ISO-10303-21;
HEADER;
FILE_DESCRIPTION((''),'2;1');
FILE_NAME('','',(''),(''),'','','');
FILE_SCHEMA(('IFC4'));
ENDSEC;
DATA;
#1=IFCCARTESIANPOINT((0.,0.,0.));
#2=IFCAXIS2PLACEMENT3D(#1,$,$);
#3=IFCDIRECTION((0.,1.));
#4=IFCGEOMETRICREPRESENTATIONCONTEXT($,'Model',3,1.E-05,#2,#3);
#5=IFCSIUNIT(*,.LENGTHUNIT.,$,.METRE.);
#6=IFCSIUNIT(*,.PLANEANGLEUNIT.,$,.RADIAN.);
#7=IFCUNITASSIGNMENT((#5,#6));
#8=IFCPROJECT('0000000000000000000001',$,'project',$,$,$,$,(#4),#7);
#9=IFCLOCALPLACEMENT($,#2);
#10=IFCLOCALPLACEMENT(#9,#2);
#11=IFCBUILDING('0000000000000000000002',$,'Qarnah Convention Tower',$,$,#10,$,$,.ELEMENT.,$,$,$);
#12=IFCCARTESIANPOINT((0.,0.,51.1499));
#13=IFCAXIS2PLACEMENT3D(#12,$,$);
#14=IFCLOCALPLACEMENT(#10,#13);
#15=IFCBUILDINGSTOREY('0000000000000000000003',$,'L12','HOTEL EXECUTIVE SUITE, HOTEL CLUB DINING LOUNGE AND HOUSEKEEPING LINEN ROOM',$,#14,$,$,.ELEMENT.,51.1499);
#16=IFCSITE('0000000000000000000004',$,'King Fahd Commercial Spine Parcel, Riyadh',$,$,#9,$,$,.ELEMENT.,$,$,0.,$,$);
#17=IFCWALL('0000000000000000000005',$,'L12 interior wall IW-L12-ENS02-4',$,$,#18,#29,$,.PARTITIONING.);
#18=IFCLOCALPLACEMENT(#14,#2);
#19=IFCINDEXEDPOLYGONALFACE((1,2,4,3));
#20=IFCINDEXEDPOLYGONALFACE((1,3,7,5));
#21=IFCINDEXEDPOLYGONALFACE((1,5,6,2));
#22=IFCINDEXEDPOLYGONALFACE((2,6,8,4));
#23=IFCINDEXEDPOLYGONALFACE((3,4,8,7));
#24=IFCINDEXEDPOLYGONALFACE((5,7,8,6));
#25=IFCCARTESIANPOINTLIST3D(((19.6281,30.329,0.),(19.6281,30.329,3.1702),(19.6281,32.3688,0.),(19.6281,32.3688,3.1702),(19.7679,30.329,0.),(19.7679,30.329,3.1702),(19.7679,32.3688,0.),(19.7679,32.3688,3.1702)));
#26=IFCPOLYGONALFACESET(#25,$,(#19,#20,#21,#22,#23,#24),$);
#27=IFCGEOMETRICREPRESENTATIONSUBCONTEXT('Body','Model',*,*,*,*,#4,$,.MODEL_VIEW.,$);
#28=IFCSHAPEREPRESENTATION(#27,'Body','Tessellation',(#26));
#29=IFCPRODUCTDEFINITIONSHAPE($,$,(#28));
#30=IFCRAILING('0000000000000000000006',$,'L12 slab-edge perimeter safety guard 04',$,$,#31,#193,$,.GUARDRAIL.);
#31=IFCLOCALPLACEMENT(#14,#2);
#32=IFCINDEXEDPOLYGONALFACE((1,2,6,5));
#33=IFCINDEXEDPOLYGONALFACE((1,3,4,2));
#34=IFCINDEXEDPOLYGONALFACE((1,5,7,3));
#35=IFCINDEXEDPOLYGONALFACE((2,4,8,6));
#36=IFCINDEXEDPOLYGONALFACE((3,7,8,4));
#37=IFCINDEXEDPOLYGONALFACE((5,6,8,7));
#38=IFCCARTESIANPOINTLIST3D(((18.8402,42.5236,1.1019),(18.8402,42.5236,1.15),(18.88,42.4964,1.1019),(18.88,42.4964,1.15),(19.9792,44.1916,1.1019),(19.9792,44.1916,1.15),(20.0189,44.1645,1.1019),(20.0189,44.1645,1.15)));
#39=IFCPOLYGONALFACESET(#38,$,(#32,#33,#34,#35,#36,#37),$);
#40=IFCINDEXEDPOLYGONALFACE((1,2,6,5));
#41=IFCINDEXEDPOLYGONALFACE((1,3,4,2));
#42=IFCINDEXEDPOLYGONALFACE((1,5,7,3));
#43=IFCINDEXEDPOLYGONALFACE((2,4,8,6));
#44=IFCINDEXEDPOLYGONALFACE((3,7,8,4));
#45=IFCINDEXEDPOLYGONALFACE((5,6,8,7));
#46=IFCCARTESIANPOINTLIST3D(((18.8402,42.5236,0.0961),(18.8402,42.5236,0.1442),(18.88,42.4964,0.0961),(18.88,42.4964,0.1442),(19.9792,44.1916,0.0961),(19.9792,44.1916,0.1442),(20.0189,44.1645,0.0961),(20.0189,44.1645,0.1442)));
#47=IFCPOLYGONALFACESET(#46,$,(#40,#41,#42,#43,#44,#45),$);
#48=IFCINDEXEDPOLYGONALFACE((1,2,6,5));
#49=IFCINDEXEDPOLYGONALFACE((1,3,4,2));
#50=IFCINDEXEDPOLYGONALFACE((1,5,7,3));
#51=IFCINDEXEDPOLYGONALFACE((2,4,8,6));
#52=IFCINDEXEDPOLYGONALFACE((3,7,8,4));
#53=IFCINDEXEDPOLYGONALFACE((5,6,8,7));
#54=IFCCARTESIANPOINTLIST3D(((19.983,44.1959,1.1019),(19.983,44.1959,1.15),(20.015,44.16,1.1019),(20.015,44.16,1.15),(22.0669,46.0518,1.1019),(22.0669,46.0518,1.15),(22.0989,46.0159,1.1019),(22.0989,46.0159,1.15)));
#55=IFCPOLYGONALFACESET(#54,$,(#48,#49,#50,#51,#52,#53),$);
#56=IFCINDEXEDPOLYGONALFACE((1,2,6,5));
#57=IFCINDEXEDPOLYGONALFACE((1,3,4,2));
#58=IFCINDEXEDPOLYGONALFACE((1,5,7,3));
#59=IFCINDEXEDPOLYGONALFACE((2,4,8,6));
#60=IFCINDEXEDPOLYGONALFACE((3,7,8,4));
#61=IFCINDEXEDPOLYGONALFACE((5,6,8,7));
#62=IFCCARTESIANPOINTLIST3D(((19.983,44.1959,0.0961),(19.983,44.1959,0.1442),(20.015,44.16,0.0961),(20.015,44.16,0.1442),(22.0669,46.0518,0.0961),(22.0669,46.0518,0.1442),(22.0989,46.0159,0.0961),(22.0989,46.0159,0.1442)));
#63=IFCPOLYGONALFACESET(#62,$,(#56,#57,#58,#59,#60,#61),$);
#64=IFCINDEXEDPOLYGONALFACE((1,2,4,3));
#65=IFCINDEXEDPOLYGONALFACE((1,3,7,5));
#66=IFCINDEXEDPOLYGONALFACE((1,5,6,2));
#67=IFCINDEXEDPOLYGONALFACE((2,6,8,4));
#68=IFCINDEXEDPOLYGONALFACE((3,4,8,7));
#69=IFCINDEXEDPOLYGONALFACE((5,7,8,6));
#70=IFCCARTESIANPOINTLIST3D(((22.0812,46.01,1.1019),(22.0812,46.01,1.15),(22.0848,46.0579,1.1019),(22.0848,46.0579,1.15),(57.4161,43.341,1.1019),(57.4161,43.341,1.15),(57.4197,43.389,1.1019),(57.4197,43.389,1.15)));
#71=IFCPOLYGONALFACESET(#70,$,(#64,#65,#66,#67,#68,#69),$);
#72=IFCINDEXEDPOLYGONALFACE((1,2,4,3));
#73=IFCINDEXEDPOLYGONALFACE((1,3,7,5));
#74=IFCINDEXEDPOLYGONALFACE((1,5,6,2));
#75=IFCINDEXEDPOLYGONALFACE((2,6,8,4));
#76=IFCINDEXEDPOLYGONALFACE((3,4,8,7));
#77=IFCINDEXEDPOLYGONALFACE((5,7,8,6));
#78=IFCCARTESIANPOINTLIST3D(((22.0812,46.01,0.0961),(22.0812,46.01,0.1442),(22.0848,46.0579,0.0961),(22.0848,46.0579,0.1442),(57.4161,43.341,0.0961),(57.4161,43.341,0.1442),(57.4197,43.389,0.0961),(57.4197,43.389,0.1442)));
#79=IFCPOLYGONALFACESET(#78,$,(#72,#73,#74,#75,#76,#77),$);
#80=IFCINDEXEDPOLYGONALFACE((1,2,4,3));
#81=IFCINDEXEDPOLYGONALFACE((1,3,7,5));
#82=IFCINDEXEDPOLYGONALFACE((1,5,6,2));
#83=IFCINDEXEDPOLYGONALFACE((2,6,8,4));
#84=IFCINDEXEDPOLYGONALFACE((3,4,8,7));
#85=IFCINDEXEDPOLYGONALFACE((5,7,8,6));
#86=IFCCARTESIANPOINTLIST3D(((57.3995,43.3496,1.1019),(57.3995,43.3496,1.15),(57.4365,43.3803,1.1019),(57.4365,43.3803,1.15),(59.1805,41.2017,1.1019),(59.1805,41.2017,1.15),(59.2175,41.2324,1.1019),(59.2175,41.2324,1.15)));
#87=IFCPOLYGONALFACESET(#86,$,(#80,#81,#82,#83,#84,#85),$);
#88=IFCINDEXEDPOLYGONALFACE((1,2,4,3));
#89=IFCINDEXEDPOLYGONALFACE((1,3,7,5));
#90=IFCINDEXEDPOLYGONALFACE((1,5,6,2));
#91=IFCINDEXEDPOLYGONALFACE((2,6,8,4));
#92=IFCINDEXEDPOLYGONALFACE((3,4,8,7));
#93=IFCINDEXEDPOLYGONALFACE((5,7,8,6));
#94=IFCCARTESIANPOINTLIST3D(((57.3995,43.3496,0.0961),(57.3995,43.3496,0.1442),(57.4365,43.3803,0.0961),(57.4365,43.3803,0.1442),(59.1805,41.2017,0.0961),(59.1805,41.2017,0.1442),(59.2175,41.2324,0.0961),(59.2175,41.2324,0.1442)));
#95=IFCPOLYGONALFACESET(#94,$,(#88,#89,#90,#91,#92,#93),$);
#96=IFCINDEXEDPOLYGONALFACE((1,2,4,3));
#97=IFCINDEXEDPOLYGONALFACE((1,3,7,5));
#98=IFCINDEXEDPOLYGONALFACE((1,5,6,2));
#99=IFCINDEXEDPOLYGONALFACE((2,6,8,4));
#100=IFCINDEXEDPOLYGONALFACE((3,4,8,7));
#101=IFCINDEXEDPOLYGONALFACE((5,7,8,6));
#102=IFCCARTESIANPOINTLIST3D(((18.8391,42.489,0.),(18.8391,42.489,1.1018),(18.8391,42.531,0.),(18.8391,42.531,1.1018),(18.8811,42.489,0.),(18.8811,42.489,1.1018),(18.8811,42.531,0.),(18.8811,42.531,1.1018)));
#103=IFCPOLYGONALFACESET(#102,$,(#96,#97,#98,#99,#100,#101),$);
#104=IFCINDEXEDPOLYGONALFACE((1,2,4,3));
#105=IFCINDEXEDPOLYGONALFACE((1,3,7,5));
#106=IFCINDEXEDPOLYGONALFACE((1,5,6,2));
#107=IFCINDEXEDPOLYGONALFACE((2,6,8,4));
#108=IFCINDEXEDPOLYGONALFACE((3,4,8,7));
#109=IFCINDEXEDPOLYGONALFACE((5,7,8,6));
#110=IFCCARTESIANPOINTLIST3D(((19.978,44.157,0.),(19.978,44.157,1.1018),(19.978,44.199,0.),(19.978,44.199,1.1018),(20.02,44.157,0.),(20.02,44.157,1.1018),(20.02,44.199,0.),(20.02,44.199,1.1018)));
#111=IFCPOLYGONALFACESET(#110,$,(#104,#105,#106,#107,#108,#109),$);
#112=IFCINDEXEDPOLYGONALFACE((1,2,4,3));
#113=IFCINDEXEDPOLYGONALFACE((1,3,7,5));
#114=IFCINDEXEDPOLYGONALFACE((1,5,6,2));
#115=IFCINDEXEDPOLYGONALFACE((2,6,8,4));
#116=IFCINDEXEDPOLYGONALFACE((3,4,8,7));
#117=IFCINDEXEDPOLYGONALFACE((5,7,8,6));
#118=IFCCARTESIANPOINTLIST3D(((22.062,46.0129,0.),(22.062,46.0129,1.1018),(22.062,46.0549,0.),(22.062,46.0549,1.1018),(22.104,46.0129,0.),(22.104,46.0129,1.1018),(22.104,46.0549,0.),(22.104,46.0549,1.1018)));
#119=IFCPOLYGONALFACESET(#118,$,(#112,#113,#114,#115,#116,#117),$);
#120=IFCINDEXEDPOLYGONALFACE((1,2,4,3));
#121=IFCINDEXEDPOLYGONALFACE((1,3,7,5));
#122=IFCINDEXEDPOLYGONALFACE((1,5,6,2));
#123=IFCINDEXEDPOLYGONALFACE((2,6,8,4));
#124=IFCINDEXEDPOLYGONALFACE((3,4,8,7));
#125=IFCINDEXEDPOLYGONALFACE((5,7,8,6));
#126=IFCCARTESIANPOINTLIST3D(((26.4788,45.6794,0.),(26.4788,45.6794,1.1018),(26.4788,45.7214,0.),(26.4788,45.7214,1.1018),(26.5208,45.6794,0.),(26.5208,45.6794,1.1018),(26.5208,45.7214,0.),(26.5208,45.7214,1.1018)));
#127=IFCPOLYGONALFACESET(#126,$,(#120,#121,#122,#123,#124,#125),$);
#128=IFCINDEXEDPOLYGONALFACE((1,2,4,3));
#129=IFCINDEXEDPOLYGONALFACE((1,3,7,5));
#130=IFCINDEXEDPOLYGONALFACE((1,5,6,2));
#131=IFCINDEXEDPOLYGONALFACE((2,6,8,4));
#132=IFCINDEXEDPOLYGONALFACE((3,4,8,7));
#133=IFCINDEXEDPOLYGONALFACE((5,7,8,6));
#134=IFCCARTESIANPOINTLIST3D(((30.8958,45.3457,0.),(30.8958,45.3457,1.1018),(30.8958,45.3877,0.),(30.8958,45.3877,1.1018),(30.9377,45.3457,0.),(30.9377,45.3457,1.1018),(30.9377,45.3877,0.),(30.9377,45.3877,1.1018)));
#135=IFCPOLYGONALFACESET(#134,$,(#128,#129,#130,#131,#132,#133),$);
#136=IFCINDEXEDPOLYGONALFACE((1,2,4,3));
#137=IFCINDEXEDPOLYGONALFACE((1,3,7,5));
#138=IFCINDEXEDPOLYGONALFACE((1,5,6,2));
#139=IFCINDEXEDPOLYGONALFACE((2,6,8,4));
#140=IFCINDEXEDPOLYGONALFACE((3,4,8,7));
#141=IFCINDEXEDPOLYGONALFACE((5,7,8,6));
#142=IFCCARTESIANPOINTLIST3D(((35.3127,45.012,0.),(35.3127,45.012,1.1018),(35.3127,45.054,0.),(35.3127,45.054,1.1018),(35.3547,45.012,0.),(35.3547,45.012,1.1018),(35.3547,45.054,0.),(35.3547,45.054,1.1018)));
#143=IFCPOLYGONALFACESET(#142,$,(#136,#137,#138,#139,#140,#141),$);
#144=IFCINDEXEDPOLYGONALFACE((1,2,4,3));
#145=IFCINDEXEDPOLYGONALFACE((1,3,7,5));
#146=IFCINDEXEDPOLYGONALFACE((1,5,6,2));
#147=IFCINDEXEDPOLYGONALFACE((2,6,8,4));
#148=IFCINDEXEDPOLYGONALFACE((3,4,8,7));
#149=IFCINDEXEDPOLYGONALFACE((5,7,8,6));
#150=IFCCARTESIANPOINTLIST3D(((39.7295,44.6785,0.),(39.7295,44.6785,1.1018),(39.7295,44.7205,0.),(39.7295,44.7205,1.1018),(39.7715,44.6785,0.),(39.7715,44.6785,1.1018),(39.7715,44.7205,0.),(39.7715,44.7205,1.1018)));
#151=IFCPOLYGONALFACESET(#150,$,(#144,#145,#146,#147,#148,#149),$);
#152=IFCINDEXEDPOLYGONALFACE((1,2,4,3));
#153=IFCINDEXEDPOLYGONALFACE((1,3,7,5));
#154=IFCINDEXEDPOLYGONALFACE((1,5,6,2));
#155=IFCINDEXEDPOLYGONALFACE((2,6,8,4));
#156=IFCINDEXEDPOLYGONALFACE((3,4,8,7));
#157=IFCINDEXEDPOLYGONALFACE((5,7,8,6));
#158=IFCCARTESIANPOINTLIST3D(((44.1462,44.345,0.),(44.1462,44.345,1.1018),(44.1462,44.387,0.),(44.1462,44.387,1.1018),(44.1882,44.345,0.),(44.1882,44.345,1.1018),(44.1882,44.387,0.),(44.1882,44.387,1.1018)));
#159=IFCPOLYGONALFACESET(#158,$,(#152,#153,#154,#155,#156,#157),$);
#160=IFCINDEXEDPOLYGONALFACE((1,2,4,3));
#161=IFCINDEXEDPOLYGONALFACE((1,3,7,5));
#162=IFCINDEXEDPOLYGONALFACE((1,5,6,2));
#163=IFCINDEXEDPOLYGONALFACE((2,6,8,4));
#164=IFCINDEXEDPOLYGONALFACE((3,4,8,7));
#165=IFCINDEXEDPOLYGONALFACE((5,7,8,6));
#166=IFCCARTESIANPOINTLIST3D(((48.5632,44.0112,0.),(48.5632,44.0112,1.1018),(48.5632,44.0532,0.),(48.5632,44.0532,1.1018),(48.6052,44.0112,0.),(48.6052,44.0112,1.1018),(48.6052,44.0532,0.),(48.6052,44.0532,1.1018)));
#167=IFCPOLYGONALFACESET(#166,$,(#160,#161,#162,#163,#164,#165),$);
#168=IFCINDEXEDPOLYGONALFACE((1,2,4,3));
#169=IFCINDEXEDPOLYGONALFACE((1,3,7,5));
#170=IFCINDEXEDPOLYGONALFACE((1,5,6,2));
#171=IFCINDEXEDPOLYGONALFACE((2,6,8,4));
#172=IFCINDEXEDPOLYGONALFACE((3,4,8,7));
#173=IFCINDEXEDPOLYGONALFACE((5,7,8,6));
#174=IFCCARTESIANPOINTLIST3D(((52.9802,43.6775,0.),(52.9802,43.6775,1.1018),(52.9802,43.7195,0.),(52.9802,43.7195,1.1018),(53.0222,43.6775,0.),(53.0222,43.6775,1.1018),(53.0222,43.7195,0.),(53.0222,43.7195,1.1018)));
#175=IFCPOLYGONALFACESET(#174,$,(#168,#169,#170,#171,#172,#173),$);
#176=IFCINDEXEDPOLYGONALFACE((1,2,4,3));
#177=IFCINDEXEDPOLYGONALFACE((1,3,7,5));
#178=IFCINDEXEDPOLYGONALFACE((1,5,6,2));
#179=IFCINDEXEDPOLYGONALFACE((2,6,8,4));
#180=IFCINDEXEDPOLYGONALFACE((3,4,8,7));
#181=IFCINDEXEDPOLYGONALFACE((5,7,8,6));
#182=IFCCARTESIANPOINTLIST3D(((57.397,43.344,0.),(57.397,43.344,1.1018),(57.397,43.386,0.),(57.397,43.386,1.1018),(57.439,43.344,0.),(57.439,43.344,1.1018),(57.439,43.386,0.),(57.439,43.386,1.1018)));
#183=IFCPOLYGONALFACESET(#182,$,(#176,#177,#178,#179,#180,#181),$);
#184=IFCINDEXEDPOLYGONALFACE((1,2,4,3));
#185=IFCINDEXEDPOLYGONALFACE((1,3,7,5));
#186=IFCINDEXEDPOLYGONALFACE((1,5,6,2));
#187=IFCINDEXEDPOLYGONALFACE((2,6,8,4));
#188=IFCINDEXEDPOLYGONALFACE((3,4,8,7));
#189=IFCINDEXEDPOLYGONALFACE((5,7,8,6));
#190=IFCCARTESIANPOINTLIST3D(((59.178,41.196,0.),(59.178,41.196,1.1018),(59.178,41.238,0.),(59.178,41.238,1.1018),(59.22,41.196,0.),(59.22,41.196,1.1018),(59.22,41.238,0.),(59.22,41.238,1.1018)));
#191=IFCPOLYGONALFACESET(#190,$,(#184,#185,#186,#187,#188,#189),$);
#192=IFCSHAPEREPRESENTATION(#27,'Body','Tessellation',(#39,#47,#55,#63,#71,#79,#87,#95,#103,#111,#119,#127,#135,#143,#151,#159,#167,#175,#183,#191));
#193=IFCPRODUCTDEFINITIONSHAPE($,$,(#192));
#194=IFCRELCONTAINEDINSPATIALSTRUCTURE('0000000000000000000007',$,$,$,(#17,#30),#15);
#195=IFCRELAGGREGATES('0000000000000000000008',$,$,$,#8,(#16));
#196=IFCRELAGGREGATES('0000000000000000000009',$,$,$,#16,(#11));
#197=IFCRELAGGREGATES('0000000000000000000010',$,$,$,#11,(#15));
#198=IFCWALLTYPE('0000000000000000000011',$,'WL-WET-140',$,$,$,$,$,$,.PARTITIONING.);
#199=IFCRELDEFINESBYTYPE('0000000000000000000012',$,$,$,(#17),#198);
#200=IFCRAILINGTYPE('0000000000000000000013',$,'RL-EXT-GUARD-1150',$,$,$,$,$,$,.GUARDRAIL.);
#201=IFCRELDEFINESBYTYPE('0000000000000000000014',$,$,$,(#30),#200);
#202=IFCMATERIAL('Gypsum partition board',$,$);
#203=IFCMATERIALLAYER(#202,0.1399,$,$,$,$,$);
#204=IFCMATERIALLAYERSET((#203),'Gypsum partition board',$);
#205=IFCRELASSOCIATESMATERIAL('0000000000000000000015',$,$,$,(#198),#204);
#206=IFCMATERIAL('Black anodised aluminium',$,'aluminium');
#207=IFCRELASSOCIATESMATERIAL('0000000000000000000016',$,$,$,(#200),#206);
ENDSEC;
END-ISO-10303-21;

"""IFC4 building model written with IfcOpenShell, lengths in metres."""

from ifc_helpers import new_model, si_unit, direction, frame, frame_2d, origin, origin_2d, place, context, subcontext, project, spatial, rectangle, extrude, material, layer, layer_set, type_object, element, save


model = new_model("IFC4")

# Units and contexts
model_context = context("Model", 3, precision=1e-05, world=origin(), true_north=direction((0.0, 1.0)))
body_context = subcontext(model_context, "Body", "Model", "MODEL_VIEW")
ifc_project = project(units=[si_unit("LENGTHUNIT", "METRE"), si_unit("PLANEANGLEUNIT", "RADIAN")], contexts=[model_context])

# Site, building, storey
site_placement = place(None, origin())
site = spatial("IfcSite", under=ifc_project, at=site_placement, Name="King Fahd Commercial Spine Parcel, Riyadh", CompositionType="ELEMENT", RefElevation=0.0)
building_placement = place(site_placement, origin())
building = spatial("IfcBuilding", under=site, at=building_placement, Name="Qarnah Convention Tower", CompositionType="ELEMENT")
storey_placement = place(building_placement, frame((0.0, 0.0, 51.1499)))
storey = spatial("IfcBuildingStorey", under=building, at=storey_placement, Name="L12", Description="HOTEL EXECUTIVE SUITE, HOTEL CLUB DINING LOUNGE AND HOUSEKEEPING LINEN ROOM", CompositionType="ELEMENT", Elevation=51.1499)

# Shared definitions
ifc_material_1 = material(Name="Black anodised aluminium", Category="aluminium")

# Shared definitions
ifc_material_2 = material(Name="Gypsum partition board")

# Shared definitions
ifc_layer_1 = layer(ifc_material_2, 0.1399)
ifc_layer_set_1 = layer_set([ifc_layer_1], Name="Gypsum partition board")
wall_type_1 = type_object("IfcWallType", Name="WL-WET-140", PredefinedType="PARTITIONING", material=ifc_layer_set_1)

# Wall
wall_1_placement = place(storey_placement, frame((19.698, 32.3689, 0.0), z_axis=(0.0, 0.0, 1.0), x_axis=(0.0, -1.0, 0.0)))
element("IfcWall", 1, at=wall_1_placement, inside=storey, type_object=wall_type_1, Name="L12 interior wall IW-L12-ENS02-4", PredefinedType="PARTITIONING", context=body_context, shape_type="SweptSolid", body=[
    extrude(rectangle(XDim=2.0398, YDim=0.1399, at=frame_2d((1.02, 0.0))), origin(), (0.0, 0.0, 1.0), 3.1702),
])

# Railing
railing_type = type_object("IfcRailingType", Name="RL-EXT-GUARD-1150", PredefinedType="GUARDRAIL", material=ifc_material_1)
railing_1_placement = place(storey_placement, frame((18.8601, 42.51, 0.0)))
element("IfcRailing", 2, at=railing_1_placement, inside=storey, type_object=railing_type, Name="L12 slab-edge perimeter safety guard 04", PredefinedType="GUARDRAIL", context=body_context, shape_type="SweptSolid", body=[
    extrude(rectangle(XDim=0.0481, YDim=0.0481, at=origin_2d()), frame((0.0, 0.0, 1.126), z_axis=(0.563899, 0.825844, 0.0), x_axis=(-0.825844, 0.563899, 0.0)), (0.0, 0.0, 1.0), 2.0198),
    extrude(rectangle(XDim=0.0481, YDim=0.0481, at=origin_2d()), frame((0.0, 0.0, 0.1201), z_axis=(0.563899, 0.825844, 0.0), x_axis=(-0.825844, 0.563899, 0.0)), (0.0, 0.0, 1.0), 2.0198),
    extrude(rectangle(XDim=0.0481, YDim=0.0481, at=origin_2d()), frame((1.1389, 1.668, 1.126), z_axis=(0.746781, 0.665069, 0.0), x_axis=(-0.665069, 0.746781, 0.0)), (0.0, 0.0, 1.0), 2.7905),
    extrude(rectangle(XDim=0.0481, YDim=0.0481, at=origin_2d()), frame((1.1389, 1.668, 0.1201), z_axis=(0.746781, 0.665069, 0.0), x_axis=(-0.665069, 0.746781, 0.0)), (0.0, 0.0, 1.0), 2.7905),
    extrude(rectangle(XDim=0.0481, YDim=0.0481, at=origin_2d()), frame((3.2229, 3.5239, 1.126), z_axis=(0.99716, -0.075318, 0.0), x_axis=(0.075318, 0.99716, 0.0)), (0.0, 0.0, 1.0), 35.4355),
    extrude(rectangle(XDim=0.0481, YDim=0.0481, at=origin_2d()), frame((3.2229, 3.5239, 0.1201), z_axis=(0.99716, -0.075318, 0.0), x_axis=(0.075318, 0.99716, 0.0)), (0.0, 0.0, 1.0), 35.4355),
    extrude(rectangle(XDim=0.0481, YDim=0.0481, at=origin_2d()), frame((38.5579, 0.855, 1.126), z_axis=(0.638289, -0.769797, 0.0), x_axis=(0.769797, 0.638289, 0.0)), (0.0, 0.0, 1.0), 2.7903),
    extrude(rectangle(XDim=0.0481, YDim=0.0481, at=origin_2d()), frame((38.5579, 0.855, 0.1201), z_axis=(0.638289, -0.769797, 0.0), x_axis=(0.769797, 0.638289, 0.0)), (0.0, 0.0, 1.0), 2.7903),
    extrude(rectangle(XDim=0.042, YDim=0.042, at=origin_2d()), origin(), (0.0, 0.0, 1.0), 1.1018),
    extrude(rectangle(XDim=0.042, YDim=0.042, at=origin_2d()), frame((1.1389, 1.668, 0.0)), (0.0, 0.0, 1.0), 1.1018),
    extrude(rectangle(XDim=0.042, YDim=0.042, at=origin_2d()), frame((3.2229, 3.5239, 0.0)), (0.0, 0.0, 1.0), 1.1018),
    extrude(rectangle(XDim=0.042, YDim=0.042, at=origin_2d()), frame((7.6396, 3.1904, 0.0)), (0.0, 0.0, 1.0), 1.1018),
    extrude(rectangle(XDim=0.042, YDim=0.042, at=origin_2d()), frame((12.0566, 2.8567, 0.0)), (0.0, 0.0, 1.0), 1.1018),
    extrude(rectangle(XDim=0.042, YDim=0.042, at=origin_2d()), frame((16.4736, 2.5229, 0.0)), (0.0, 0.0, 1.0), 1.1018),
    extrude(rectangle(XDim=0.042, YDim=0.042, at=origin_2d()), frame((20.8904, 2.1895, 0.0)), (0.0, 0.0, 1.0), 1.1018),
    extrude(rectangle(XDim=0.042, YDim=0.042, at=origin_2d()), frame((25.3071, 1.856, 0.0)), (0.0, 0.0, 1.0), 1.1018),
    extrude(rectangle(XDim=0.042, YDim=0.042, at=origin_2d()), frame((29.7241, 1.5222, 0.0)), (0.0, 0.0, 1.0), 1.1018),
    extrude(rectangle(XDim=0.042, YDim=0.042, at=origin_2d()), frame((34.1411, 1.1885, 0.0)), (0.0, 0.0, 1.0), 1.1018),
    extrude(rectangle(XDim=0.042, YDim=0.042, at=origin_2d()), frame((38.5579, 0.855, 0.0)), (0.0, 0.0, 1.0), 1.1018),
    extrude(rectangle(XDim=0.042, YDim=0.042, at=origin_2d()), frame((40.3389, -1.293, 0.0)), (0.0, 0.0, 1.0), 1.1018),
])

save(model, "model.ifc")
